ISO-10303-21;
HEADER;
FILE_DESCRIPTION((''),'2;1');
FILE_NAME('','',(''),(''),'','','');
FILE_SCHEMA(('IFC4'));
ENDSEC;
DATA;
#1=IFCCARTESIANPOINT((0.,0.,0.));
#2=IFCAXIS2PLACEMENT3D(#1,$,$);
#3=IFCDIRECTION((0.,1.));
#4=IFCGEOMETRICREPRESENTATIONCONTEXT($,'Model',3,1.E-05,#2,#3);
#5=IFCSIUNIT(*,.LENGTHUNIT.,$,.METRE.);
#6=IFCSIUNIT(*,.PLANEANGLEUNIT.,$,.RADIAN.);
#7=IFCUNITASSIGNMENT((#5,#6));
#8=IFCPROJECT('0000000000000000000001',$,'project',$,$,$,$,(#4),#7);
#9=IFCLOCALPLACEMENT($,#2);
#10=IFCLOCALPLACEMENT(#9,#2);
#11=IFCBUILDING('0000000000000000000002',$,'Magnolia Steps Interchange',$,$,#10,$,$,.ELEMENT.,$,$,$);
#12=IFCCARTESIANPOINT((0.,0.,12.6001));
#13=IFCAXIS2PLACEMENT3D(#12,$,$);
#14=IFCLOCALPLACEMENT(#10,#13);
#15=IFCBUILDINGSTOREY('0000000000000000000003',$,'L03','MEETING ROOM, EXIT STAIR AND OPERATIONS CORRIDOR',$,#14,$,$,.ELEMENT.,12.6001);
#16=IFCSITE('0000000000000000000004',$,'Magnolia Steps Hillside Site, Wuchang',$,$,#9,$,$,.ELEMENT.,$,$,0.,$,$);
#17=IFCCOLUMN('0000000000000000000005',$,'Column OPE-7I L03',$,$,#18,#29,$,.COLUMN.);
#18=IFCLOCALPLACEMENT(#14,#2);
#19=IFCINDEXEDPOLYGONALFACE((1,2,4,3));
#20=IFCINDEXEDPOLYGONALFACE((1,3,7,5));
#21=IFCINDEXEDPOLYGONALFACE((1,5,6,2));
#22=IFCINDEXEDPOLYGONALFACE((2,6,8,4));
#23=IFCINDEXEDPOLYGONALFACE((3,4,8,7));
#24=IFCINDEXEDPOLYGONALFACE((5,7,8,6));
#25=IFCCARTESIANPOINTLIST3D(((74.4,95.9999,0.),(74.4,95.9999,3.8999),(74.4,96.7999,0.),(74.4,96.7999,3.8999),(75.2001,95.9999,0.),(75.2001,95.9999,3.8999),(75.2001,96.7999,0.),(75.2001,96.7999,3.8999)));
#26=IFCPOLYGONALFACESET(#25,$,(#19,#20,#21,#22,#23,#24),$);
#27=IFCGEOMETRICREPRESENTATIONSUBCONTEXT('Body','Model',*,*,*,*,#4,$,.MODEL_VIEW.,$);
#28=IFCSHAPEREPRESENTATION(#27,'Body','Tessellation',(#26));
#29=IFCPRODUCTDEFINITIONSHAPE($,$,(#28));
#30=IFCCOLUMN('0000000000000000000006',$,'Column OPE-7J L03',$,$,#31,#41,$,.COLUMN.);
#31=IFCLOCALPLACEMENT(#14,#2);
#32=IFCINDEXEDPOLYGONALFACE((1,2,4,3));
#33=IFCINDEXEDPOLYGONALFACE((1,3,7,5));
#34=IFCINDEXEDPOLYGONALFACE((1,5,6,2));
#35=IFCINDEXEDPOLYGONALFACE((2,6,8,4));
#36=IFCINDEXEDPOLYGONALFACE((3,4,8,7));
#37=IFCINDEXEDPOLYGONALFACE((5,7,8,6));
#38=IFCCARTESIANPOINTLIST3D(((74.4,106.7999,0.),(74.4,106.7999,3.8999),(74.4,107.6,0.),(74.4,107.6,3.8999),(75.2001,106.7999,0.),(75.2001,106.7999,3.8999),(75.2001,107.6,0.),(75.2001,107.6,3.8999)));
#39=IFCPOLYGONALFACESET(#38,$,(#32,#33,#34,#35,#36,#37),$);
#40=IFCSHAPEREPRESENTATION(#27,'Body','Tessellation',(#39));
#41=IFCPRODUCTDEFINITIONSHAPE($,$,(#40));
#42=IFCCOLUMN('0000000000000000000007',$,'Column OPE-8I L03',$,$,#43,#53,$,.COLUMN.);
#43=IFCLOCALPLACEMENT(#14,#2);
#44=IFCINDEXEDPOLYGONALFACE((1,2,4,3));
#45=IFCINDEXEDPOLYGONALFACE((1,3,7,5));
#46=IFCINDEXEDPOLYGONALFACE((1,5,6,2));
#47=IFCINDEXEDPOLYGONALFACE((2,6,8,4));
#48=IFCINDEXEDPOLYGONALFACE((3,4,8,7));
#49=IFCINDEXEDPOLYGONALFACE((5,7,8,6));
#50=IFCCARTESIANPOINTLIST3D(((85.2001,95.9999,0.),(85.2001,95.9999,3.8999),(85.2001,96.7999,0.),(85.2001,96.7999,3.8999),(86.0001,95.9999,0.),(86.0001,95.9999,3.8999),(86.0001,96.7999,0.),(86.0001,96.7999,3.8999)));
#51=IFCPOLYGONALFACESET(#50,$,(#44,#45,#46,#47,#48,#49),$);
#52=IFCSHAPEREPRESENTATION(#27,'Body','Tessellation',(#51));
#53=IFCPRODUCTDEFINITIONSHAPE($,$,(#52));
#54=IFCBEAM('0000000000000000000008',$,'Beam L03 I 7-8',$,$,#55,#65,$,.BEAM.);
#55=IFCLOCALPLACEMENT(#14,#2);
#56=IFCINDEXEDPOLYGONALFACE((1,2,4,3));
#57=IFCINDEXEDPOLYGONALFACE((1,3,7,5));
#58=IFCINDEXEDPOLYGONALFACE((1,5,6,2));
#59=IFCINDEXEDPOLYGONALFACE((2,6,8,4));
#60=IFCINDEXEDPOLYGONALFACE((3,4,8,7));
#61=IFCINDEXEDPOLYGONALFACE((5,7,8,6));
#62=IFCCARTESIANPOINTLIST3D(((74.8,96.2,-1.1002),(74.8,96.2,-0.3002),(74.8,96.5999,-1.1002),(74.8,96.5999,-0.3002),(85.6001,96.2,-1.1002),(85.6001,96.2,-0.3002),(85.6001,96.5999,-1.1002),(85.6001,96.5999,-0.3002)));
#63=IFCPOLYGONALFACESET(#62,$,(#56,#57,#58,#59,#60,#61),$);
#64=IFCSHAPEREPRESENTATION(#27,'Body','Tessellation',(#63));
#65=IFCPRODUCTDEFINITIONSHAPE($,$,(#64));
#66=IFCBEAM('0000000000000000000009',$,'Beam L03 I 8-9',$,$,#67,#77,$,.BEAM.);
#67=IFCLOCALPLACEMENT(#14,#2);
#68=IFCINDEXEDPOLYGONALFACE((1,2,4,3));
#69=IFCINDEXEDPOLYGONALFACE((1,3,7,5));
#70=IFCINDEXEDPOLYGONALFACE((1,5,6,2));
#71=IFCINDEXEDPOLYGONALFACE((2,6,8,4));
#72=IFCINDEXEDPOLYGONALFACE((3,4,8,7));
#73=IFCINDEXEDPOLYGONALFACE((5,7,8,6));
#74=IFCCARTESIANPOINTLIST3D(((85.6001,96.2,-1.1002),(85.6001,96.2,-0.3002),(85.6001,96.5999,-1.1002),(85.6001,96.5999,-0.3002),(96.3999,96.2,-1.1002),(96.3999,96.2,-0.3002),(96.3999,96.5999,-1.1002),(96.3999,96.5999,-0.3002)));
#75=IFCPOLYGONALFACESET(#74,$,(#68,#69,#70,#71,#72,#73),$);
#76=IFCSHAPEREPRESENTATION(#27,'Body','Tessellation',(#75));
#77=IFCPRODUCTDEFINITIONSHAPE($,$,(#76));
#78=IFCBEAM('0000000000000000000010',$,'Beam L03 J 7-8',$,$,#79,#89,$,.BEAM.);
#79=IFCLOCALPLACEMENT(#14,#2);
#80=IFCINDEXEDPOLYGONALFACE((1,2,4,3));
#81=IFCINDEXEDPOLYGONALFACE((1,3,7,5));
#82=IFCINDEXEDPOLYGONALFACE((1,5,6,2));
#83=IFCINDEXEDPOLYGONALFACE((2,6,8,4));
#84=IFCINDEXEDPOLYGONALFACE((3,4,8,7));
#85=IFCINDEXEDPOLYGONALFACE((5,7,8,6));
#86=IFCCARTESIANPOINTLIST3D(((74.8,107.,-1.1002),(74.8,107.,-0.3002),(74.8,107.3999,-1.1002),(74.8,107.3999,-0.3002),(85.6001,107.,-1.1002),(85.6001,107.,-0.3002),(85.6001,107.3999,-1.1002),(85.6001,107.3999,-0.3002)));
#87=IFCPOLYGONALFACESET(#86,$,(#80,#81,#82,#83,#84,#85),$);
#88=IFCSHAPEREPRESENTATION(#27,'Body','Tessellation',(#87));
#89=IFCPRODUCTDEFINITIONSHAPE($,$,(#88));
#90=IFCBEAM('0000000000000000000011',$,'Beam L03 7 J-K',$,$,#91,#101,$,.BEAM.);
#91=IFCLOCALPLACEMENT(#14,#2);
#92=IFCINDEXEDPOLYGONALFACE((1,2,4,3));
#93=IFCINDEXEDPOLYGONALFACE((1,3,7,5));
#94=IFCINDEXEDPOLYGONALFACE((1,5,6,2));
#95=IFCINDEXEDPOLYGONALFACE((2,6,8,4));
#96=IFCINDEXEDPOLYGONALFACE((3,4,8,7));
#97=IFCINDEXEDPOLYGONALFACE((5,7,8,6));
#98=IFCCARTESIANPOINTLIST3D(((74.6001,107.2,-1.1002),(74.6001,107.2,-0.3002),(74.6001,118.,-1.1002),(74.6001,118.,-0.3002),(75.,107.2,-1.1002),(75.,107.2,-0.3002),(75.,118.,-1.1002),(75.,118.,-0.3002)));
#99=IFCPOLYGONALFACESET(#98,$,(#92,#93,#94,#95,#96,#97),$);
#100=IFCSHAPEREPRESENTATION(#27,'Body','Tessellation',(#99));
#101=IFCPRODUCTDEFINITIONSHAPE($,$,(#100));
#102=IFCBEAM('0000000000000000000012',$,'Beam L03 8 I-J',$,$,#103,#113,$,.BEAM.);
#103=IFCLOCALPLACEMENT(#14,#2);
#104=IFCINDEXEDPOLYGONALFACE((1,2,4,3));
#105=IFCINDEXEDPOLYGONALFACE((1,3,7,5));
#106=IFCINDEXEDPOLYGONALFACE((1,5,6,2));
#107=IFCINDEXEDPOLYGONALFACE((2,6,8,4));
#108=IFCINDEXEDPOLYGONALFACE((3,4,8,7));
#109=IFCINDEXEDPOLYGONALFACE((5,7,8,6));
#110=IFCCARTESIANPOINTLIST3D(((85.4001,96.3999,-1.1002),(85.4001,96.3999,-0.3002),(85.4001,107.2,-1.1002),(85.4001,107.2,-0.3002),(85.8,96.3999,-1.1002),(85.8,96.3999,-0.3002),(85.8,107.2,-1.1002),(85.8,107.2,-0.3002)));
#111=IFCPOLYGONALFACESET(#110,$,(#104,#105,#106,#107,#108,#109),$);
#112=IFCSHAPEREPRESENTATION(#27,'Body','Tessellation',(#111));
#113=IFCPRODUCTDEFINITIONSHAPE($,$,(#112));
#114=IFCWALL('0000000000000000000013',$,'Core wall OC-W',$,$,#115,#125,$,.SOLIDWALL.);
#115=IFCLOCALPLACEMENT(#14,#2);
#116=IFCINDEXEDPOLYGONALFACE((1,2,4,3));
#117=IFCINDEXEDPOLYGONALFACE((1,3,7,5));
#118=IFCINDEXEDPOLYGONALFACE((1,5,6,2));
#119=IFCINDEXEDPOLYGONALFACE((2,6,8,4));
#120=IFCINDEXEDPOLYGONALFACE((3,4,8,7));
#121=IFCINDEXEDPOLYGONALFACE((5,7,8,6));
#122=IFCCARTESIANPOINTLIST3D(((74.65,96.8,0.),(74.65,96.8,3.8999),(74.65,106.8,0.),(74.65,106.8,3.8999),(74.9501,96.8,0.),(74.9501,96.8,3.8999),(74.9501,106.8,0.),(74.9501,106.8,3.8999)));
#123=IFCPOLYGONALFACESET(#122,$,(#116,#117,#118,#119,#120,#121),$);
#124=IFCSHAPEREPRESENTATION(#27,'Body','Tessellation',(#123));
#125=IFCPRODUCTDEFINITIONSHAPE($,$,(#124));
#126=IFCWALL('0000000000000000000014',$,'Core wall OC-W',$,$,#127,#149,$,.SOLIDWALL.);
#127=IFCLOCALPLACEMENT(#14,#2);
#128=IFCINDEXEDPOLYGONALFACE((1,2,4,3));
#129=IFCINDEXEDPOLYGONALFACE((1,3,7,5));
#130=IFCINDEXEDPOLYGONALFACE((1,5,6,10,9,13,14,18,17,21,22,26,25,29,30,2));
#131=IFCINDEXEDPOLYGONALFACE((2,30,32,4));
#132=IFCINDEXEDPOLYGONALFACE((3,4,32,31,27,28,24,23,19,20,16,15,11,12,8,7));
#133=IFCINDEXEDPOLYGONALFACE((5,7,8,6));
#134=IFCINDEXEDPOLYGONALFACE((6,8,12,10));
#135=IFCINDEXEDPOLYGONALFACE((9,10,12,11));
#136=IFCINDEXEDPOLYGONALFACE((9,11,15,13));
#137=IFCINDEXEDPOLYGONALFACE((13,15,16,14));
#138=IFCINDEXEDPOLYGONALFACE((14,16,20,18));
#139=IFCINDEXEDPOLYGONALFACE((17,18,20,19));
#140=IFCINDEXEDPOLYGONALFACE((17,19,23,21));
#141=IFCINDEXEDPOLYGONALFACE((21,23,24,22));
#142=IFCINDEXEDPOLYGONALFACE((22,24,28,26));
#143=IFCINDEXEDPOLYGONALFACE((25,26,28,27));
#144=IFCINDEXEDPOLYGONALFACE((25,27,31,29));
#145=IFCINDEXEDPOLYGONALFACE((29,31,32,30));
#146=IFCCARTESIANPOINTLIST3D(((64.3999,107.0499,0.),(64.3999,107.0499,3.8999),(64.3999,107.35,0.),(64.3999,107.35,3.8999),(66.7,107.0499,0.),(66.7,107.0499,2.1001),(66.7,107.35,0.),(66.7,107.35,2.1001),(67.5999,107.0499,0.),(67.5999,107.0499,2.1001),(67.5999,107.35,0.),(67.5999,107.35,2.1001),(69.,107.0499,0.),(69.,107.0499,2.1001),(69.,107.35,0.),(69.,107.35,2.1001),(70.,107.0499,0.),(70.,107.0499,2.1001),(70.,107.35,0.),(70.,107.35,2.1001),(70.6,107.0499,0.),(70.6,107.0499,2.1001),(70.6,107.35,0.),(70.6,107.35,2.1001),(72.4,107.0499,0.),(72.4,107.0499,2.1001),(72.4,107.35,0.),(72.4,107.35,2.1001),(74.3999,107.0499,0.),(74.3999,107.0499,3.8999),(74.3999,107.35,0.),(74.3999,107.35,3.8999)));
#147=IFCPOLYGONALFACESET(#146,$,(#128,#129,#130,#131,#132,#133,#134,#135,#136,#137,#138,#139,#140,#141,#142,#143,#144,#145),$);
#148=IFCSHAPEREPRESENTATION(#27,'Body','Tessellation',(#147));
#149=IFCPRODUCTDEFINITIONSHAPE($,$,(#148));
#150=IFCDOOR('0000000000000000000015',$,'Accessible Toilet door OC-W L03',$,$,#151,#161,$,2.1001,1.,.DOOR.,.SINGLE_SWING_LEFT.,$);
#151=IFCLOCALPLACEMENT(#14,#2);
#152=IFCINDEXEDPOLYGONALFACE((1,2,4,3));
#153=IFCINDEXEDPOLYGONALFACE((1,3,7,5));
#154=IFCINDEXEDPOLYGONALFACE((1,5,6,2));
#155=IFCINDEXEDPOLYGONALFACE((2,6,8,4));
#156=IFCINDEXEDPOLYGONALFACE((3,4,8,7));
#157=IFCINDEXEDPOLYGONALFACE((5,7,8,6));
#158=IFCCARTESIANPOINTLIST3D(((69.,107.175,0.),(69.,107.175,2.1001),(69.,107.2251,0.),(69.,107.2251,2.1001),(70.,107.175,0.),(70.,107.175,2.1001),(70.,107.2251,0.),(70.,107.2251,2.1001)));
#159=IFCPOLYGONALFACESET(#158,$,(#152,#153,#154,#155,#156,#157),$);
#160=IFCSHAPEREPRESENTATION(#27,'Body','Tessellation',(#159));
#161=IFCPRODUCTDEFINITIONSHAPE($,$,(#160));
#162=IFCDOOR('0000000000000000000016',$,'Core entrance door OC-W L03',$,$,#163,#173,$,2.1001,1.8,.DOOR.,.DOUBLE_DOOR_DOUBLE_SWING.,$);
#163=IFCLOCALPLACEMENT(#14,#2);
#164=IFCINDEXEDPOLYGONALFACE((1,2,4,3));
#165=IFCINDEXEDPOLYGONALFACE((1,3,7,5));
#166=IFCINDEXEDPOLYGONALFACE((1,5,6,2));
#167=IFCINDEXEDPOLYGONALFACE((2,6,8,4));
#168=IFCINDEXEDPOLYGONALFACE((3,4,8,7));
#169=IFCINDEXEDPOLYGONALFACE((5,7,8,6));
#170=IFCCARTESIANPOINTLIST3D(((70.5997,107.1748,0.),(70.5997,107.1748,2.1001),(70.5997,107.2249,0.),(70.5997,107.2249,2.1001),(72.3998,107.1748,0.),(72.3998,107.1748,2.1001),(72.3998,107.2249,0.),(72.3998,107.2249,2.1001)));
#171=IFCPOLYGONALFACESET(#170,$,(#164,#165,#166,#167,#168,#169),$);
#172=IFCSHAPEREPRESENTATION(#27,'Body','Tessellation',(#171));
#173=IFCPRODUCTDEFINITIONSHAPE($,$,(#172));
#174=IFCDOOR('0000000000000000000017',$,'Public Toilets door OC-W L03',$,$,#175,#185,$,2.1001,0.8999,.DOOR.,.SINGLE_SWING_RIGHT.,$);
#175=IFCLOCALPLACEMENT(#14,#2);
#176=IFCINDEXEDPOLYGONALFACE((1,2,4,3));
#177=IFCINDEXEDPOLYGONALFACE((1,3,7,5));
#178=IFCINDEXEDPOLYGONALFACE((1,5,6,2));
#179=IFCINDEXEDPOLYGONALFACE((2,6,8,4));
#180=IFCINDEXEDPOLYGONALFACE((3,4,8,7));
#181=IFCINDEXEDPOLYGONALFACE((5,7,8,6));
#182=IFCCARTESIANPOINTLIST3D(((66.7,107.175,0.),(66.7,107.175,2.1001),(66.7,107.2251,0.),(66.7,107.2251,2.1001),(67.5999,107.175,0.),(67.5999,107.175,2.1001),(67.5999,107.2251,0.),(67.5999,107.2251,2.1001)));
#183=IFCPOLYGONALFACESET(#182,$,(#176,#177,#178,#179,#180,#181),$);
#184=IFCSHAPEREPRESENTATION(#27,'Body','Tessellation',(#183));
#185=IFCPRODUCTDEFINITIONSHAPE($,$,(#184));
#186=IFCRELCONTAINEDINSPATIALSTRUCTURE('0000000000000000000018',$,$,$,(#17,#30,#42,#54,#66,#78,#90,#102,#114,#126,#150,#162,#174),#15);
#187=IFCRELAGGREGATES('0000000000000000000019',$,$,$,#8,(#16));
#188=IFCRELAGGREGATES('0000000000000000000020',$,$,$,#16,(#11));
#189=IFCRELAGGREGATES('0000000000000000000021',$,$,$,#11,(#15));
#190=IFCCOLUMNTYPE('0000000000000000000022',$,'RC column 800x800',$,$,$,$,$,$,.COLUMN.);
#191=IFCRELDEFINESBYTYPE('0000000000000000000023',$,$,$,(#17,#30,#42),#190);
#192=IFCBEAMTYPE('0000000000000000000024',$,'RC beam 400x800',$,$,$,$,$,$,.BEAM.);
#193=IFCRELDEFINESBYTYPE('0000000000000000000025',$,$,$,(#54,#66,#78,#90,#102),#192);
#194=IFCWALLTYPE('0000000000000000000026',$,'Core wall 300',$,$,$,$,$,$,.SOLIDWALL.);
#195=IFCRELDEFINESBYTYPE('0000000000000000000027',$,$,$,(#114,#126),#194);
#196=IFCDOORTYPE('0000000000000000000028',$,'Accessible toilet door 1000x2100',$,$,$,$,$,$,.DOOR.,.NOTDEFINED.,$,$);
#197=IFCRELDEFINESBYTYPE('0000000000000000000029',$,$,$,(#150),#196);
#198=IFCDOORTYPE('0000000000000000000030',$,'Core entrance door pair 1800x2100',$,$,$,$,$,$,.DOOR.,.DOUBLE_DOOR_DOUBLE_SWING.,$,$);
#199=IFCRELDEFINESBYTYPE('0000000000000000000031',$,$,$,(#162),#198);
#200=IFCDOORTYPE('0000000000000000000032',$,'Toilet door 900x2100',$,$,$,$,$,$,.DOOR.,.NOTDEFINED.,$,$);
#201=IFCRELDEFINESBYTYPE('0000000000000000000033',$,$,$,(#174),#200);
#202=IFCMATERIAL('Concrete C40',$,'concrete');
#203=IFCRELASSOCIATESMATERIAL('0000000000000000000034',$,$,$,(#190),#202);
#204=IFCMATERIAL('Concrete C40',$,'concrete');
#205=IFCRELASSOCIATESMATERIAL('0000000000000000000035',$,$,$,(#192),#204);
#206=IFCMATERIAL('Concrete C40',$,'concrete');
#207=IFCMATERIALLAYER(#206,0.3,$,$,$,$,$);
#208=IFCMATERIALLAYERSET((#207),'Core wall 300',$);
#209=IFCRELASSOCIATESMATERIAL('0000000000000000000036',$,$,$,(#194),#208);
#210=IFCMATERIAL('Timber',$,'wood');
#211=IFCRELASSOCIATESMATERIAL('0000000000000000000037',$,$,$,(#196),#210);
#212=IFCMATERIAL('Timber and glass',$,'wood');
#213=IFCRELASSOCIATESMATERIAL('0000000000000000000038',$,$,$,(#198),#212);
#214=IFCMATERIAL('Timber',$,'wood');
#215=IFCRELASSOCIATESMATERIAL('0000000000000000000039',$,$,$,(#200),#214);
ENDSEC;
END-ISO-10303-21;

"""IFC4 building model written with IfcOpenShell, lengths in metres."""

from ifc_helpers import new_model, si_unit, direction, frame, frame_2d, origin, origin_2d, place, context, subcontext, project, spatial, rectangle, extrude, material, layer, layer_set, material_profile, profile_set, type_object, element, fill, save


model = new_model("IFC4")

# Units and contexts
model_context = context("Model", 3, precision=1e-05, world=origin(), true_north=direction((0.0, 1.0)))
body_context = subcontext(model_context, "Body", "Model", "MODEL_VIEW")
ifc_project = project(units=[si_unit("LENGTHUNIT", "METRE"), si_unit("PLANEANGLEUNIT", "RADIAN")], contexts=[model_context])

# Site, building, storey
site_placement = place(None, origin())
site = spatial("IfcSite", under=ifc_project, at=site_placement, Name="Magnolia Steps Hillside Site, Wuchang", CompositionType="ELEMENT", RefElevation=0.0)
building_placement = place(site_placement, origin())
building = spatial("IfcBuilding", under=site, at=building_placement, Name="Magnolia Steps Interchange", CompositionType="ELEMENT")
storey_placement = place(building_placement, frame((0.0, 0.0, 12.6001)))
storey = spatial("IfcBuildingStorey", under=building, at=storey_placement, Name="L03", Description="MEETING ROOM, EXIT STAIR AND OPERATIONS CORRIDOR", CompositionType="ELEMENT", Elevation=12.6001)

# Columns
ifc_material_1 = material(Name="Concrete C40", Category="concrete")
ifc_material_profile_1 = material_profile(ifc_material_1, rectangle(XDim=0.8, YDim=0.8, at=origin_2d()), Name="RC800x800")
ifc_profile_set_1 = profile_set([ifc_material_profile_1], Name="Concrete C40")
column_type = type_object("IfcColumnType", Name="RC column 800x800", PredefinedType="COLUMN", material=ifc_profile_set_1)
for number, where, z_axis, x_axis, name in (
    (1, (74.8, 96.3999, 0.0), (0.0, 0.0, 1.0), (1.0, 0.0, 0.0), "Column OPE-7I L03"),
    (2, (74.8, 107.2, 0.0), (0.0, 0.0, 1.0), (1.0, 0.0, 0.0), "Column OPE-7J L03"),
    (3, (85.6001, 96.3999, 0.0), (0.0, 0.0, 1.0), (1.0, 0.0, 0.0), "Column OPE-8I L03"),
):
    element("IfcColumn", number, at=place(storey_placement, frame(where, z_axis=z_axis, x_axis=x_axis)), inside=storey, type_object=column_type, Name=name, PredefinedType="COLUMN", context=body_context, shape_type="SweptSolid", body=[
        extrude(rectangle(XDim=0.8, YDim=0.8, at=origin_2d()), origin(), (0.0, 0.0, 1.0), 3.8999),
    ])

# Beams
ifc_material_2 = material(Name="Concrete C40", Category="concrete")
ifc_material_profile_2 = material_profile(ifc_material_2, rectangle(XDim=0.3999, YDim=0.8, at=origin_2d()), Name="RC400x800")
ifc_profile_set_2 = profile_set([ifc_material_profile_2], Name="Concrete C40")
beam_type = type_object("IfcBeamType", Name="RC beam 400x800", PredefinedType="BEAM", material=ifc_profile_set_2)
beam_1_placement = place(storey_placement, frame((74.8, 96.3999, -0.7002), z_axis=(1.0, 0.0, 0.0), x_axis=(0.0, 1.0, 0.0)))
element("IfcBeam", 4, at=beam_1_placement, inside=storey, type_object=beam_type, Name="Beam L03 I 7-8", PredefinedType="BEAM", context=body_context, shape_type="SweptSolid", body=[
    extrude(rectangle(XDim=0.3999, YDim=0.8, at=origin_2d()), origin(), (0.0, 0.0, 1.0), 10.8),
])
beam_2_placement = place(storey_placement, frame((85.6001, 96.3999, -0.7002), z_axis=(1.0, 0.0, 0.0), x_axis=(0.0, 1.0, 0.0)))
element("IfcBeam", 5, at=beam_2_placement, inside=storey, type_object=beam_type, Name="Beam L03 I 8-9", PredefinedType="BEAM", context=body_context, shape_type="SweptSolid", body=[
    extrude(rectangle(XDim=0.3999, YDim=0.8, at=origin_2d()), origin(), (0.0, 0.0, 1.0), 10.7998),
])
for number, where, z_axis, x_axis, name in (
    (6, (74.8, 107.2, -0.7002), (1.0, 0.0, 0.0), (0.0, 1.0, 0.0), "Beam L03 J 7-8"),
    (7, (74.8, 107.2, -0.7002), (0.0, 1.0, 0.0), (-1.0, 0.0, 0.0), "Beam L03 7 J-K"),
    (8, (85.6001, 96.3999, -0.7002), (0.0, 1.0, 0.0), (-1.0, 0.0, 0.0), "Beam L03 8 I-J"),
):
    element("IfcBeam", number, at=place(storey_placement, frame(where, z_axis=z_axis, x_axis=x_axis)), inside=storey, type_object=beam_type, Name=name, PredefinedType="BEAM", context=body_context, shape_type="SweptSolid", body=[
        extrude(rectangle(XDim=0.3999, YDim=0.8, at=origin_2d()), origin(), (0.0, 0.0, 1.0), 10.8),
    ])

# Wall
ifc_material_3 = material(Name="Concrete C40", Category="concrete")
ifc_layer_1 = layer(ifc_material_3, 0.3)
ifc_layer_set_1 = layer_set([ifc_layer_1], Name="Core wall 300")
wall_type_1 = type_object("IfcWallType", Name="Core wall 300", PredefinedType="SOLIDWALL", material=ifc_layer_set_1)
wall_1_placement = place(storey_placement, frame((74.8, 96.8, 0.0), z_axis=(0.0, 0.0, 1.0), x_axis=(0.0, 1.0, 0.0)))
element("IfcWall", 9, at=wall_1_placement, inside=storey, type_object=wall_type_1, Name="Core wall OC-W", PredefinedType="SOLIDWALL", context=body_context, shape_type="SweptSolid", body=[
    extrude(rectangle(XDim=10.0, YDim=0.3, at=frame_2d((5.0, 0.0))), origin(), (0.0, 0.0, 1.0), 3.8999),
])

# Wall, openings, doors
wall_2_placement = place(storey_placement, frame((74.3999, 107.2, 0.0), z_axis=(0.0, 0.0, 1.0), x_axis=(-1.0, 0.0, 0.0)))
wall_2 = element("IfcWall", 10, at=wall_2_placement, inside=storey, type_object=wall_type_1, Name="Core wall OC-W", PredefinedType="SOLIDWALL", context=body_context, shape_type="SweptSolid", body=[
    extrude(rectangle(XDim=10.0, YDim=0.3, at=frame_2d((5.0, 0.0))), origin(), (0.0, 0.0, 1.0), 3.8999),
])
opening_1_placement = place(wall_2_placement, frame((2.0, 0.0, 0.0)))
opening_1 = element("IfcOpeningElement", 11, at=opening_1_placement, cuts=wall_2, PredefinedType="OPENING", context=body_context, shape_type="SweptSolid", body=[
    extrude(rectangle(XDim=1.8, YDim=2.1001, at=frame_2d((0.8999, 1.05))), frame((0.0, 0.1599, 0.0), z_axis=(0.0, -1.0, 0.0), x_axis=(1.0, 0.0, 0.0)), (0.0, 0.0, 1.0), 0.3201),
])
opening_2_placement = place(wall_2_placement, frame((4.3999, 0.0, 0.0)))
opening_2 = element("IfcOpeningElement", 12, at=opening_2_placement, cuts=wall_2, PredefinedType="OPENING", context=body_context, shape_type="SweptSolid", body=[
    extrude(rectangle(XDim=1.0, YDim=2.1001, at=frame_2d((0.5, 1.05))), frame((0.0, 0.1599, 0.0), z_axis=(0.0, -1.0, 0.0), x_axis=(1.0, 0.0, 0.0)), (0.0, 0.0, 1.0), 0.3201),
])
opening_3_placement = place(wall_2_placement, frame((6.8, 0.0, 0.0)))
opening_3 = element("IfcOpeningElement", 13, at=opening_3_placement, cuts=wall_2, PredefinedType="OPENING", context=body_context, shape_type="SweptSolid", body=[
    extrude(rectangle(XDim=0.8999, YDim=2.1001, at=frame_2d((0.45, 1.05))), frame((0.0, 0.1599, 0.0), z_axis=(0.0, -1.0, 0.0), x_axis=(1.0, 0.0, 0.0)), (0.0, 0.0, 1.0), 0.3201),
])
ifc_material_4 = material(Name="Timber", Category="wood")
door_type_1 = type_object("IfcDoorType", Name="Accessible toilet door 1000x2100", OperationType="NOTDEFINED", PredefinedType="DOOR", material=ifc_material_4)
door_1_placement = place(opening_2_placement, origin())
door_1 = element("IfcDoor", 14, at=door_1_placement, inside=storey, type_object=door_type_1, Name="Accessible Toilet door OC-W L03", OperationType="SINGLE_SWING_LEFT", OverallHeight=2.1001, OverallWidth=1.0, PredefinedType="DOOR", context=body_context, shape_type="SweptSolid", body=[
    extrude(rectangle(XDim=1.0, YDim=2.1001, at=frame_2d((0.5, 1.05))), frame((0.0, 0.0249, 0.0), z_axis=(0.0, -1.0, 0.0), x_axis=(1.0, 0.0, 0.0)), (0.0, 0.0, 1.0), 0.05),
])
fill(opening_2, door_1)
ifc_material_5 = material(Name="Timber and glass", Category="wood")
door_type_2 = type_object("IfcDoorType", Name="Core entrance door pair 1800x2100", OperationType="DOUBLE_DOOR_DOUBLE_SWING", PredefinedType="DOOR", material=ifc_material_5)
door_2_placement = place(opening_1_placement, frame((1.8, 0.0, 0.0), z_axis=(0.0, 0.0, 1.0), x_axis=(-1.0, 0.0, 0.0)))
door_2 = element("IfcDoor", 15, at=door_2_placement, inside=storey, type_object=door_type_2, Name="Core entrance door OC-W L03", OperationType="DOUBLE_DOOR_DOUBLE_SWING", OverallHeight=2.1001, OverallWidth=1.8, PredefinedType="DOOR", context=body_context, shape_type="SweptSolid", body=[
    extrude(rectangle(XDim=1.8, YDim=2.1001, at=frame_2d((0.8999, 1.05))), frame((0.0, 0.0249, 0.0), z_axis=(0.0, -1.0, 0.0), x_axis=(1.0, 0.0, 0.0)), (0.0, 0.0, 1.0), 0.05),
])
fill(opening_1, door_2)
ifc_material_6 = material(Name="Timber", Category="wood")
door_type_3 = type_object("IfcDoorType", Name="Toilet door 900x2100", OperationType="NOTDEFINED", PredefinedType="DOOR", material=ifc_material_6)
door_3_placement = place(opening_3_placement, origin())
door_3 = element("IfcDoor", 16, at=door_3_placement, inside=storey, type_object=door_type_3, Name="Public Toilets door OC-W L03", OperationType="SINGLE_SWING_RIGHT", OverallHeight=2.1001, OverallWidth=0.8999, PredefinedType="DOOR", context=body_context, shape_type="SweptSolid", body=[
    extrude(rectangle(XDim=0.8999, YDim=2.1001, at=frame_2d((0.45, 1.05))), frame((0.0, 0.0249, 0.0), z_axis=(0.0, -1.0, 0.0), x_axis=(1.0, 0.0, 0.0)), (0.0, 0.0, 1.0), 0.05),
])
fill(opening_3, door_3)

save(model, "model.ifc")
